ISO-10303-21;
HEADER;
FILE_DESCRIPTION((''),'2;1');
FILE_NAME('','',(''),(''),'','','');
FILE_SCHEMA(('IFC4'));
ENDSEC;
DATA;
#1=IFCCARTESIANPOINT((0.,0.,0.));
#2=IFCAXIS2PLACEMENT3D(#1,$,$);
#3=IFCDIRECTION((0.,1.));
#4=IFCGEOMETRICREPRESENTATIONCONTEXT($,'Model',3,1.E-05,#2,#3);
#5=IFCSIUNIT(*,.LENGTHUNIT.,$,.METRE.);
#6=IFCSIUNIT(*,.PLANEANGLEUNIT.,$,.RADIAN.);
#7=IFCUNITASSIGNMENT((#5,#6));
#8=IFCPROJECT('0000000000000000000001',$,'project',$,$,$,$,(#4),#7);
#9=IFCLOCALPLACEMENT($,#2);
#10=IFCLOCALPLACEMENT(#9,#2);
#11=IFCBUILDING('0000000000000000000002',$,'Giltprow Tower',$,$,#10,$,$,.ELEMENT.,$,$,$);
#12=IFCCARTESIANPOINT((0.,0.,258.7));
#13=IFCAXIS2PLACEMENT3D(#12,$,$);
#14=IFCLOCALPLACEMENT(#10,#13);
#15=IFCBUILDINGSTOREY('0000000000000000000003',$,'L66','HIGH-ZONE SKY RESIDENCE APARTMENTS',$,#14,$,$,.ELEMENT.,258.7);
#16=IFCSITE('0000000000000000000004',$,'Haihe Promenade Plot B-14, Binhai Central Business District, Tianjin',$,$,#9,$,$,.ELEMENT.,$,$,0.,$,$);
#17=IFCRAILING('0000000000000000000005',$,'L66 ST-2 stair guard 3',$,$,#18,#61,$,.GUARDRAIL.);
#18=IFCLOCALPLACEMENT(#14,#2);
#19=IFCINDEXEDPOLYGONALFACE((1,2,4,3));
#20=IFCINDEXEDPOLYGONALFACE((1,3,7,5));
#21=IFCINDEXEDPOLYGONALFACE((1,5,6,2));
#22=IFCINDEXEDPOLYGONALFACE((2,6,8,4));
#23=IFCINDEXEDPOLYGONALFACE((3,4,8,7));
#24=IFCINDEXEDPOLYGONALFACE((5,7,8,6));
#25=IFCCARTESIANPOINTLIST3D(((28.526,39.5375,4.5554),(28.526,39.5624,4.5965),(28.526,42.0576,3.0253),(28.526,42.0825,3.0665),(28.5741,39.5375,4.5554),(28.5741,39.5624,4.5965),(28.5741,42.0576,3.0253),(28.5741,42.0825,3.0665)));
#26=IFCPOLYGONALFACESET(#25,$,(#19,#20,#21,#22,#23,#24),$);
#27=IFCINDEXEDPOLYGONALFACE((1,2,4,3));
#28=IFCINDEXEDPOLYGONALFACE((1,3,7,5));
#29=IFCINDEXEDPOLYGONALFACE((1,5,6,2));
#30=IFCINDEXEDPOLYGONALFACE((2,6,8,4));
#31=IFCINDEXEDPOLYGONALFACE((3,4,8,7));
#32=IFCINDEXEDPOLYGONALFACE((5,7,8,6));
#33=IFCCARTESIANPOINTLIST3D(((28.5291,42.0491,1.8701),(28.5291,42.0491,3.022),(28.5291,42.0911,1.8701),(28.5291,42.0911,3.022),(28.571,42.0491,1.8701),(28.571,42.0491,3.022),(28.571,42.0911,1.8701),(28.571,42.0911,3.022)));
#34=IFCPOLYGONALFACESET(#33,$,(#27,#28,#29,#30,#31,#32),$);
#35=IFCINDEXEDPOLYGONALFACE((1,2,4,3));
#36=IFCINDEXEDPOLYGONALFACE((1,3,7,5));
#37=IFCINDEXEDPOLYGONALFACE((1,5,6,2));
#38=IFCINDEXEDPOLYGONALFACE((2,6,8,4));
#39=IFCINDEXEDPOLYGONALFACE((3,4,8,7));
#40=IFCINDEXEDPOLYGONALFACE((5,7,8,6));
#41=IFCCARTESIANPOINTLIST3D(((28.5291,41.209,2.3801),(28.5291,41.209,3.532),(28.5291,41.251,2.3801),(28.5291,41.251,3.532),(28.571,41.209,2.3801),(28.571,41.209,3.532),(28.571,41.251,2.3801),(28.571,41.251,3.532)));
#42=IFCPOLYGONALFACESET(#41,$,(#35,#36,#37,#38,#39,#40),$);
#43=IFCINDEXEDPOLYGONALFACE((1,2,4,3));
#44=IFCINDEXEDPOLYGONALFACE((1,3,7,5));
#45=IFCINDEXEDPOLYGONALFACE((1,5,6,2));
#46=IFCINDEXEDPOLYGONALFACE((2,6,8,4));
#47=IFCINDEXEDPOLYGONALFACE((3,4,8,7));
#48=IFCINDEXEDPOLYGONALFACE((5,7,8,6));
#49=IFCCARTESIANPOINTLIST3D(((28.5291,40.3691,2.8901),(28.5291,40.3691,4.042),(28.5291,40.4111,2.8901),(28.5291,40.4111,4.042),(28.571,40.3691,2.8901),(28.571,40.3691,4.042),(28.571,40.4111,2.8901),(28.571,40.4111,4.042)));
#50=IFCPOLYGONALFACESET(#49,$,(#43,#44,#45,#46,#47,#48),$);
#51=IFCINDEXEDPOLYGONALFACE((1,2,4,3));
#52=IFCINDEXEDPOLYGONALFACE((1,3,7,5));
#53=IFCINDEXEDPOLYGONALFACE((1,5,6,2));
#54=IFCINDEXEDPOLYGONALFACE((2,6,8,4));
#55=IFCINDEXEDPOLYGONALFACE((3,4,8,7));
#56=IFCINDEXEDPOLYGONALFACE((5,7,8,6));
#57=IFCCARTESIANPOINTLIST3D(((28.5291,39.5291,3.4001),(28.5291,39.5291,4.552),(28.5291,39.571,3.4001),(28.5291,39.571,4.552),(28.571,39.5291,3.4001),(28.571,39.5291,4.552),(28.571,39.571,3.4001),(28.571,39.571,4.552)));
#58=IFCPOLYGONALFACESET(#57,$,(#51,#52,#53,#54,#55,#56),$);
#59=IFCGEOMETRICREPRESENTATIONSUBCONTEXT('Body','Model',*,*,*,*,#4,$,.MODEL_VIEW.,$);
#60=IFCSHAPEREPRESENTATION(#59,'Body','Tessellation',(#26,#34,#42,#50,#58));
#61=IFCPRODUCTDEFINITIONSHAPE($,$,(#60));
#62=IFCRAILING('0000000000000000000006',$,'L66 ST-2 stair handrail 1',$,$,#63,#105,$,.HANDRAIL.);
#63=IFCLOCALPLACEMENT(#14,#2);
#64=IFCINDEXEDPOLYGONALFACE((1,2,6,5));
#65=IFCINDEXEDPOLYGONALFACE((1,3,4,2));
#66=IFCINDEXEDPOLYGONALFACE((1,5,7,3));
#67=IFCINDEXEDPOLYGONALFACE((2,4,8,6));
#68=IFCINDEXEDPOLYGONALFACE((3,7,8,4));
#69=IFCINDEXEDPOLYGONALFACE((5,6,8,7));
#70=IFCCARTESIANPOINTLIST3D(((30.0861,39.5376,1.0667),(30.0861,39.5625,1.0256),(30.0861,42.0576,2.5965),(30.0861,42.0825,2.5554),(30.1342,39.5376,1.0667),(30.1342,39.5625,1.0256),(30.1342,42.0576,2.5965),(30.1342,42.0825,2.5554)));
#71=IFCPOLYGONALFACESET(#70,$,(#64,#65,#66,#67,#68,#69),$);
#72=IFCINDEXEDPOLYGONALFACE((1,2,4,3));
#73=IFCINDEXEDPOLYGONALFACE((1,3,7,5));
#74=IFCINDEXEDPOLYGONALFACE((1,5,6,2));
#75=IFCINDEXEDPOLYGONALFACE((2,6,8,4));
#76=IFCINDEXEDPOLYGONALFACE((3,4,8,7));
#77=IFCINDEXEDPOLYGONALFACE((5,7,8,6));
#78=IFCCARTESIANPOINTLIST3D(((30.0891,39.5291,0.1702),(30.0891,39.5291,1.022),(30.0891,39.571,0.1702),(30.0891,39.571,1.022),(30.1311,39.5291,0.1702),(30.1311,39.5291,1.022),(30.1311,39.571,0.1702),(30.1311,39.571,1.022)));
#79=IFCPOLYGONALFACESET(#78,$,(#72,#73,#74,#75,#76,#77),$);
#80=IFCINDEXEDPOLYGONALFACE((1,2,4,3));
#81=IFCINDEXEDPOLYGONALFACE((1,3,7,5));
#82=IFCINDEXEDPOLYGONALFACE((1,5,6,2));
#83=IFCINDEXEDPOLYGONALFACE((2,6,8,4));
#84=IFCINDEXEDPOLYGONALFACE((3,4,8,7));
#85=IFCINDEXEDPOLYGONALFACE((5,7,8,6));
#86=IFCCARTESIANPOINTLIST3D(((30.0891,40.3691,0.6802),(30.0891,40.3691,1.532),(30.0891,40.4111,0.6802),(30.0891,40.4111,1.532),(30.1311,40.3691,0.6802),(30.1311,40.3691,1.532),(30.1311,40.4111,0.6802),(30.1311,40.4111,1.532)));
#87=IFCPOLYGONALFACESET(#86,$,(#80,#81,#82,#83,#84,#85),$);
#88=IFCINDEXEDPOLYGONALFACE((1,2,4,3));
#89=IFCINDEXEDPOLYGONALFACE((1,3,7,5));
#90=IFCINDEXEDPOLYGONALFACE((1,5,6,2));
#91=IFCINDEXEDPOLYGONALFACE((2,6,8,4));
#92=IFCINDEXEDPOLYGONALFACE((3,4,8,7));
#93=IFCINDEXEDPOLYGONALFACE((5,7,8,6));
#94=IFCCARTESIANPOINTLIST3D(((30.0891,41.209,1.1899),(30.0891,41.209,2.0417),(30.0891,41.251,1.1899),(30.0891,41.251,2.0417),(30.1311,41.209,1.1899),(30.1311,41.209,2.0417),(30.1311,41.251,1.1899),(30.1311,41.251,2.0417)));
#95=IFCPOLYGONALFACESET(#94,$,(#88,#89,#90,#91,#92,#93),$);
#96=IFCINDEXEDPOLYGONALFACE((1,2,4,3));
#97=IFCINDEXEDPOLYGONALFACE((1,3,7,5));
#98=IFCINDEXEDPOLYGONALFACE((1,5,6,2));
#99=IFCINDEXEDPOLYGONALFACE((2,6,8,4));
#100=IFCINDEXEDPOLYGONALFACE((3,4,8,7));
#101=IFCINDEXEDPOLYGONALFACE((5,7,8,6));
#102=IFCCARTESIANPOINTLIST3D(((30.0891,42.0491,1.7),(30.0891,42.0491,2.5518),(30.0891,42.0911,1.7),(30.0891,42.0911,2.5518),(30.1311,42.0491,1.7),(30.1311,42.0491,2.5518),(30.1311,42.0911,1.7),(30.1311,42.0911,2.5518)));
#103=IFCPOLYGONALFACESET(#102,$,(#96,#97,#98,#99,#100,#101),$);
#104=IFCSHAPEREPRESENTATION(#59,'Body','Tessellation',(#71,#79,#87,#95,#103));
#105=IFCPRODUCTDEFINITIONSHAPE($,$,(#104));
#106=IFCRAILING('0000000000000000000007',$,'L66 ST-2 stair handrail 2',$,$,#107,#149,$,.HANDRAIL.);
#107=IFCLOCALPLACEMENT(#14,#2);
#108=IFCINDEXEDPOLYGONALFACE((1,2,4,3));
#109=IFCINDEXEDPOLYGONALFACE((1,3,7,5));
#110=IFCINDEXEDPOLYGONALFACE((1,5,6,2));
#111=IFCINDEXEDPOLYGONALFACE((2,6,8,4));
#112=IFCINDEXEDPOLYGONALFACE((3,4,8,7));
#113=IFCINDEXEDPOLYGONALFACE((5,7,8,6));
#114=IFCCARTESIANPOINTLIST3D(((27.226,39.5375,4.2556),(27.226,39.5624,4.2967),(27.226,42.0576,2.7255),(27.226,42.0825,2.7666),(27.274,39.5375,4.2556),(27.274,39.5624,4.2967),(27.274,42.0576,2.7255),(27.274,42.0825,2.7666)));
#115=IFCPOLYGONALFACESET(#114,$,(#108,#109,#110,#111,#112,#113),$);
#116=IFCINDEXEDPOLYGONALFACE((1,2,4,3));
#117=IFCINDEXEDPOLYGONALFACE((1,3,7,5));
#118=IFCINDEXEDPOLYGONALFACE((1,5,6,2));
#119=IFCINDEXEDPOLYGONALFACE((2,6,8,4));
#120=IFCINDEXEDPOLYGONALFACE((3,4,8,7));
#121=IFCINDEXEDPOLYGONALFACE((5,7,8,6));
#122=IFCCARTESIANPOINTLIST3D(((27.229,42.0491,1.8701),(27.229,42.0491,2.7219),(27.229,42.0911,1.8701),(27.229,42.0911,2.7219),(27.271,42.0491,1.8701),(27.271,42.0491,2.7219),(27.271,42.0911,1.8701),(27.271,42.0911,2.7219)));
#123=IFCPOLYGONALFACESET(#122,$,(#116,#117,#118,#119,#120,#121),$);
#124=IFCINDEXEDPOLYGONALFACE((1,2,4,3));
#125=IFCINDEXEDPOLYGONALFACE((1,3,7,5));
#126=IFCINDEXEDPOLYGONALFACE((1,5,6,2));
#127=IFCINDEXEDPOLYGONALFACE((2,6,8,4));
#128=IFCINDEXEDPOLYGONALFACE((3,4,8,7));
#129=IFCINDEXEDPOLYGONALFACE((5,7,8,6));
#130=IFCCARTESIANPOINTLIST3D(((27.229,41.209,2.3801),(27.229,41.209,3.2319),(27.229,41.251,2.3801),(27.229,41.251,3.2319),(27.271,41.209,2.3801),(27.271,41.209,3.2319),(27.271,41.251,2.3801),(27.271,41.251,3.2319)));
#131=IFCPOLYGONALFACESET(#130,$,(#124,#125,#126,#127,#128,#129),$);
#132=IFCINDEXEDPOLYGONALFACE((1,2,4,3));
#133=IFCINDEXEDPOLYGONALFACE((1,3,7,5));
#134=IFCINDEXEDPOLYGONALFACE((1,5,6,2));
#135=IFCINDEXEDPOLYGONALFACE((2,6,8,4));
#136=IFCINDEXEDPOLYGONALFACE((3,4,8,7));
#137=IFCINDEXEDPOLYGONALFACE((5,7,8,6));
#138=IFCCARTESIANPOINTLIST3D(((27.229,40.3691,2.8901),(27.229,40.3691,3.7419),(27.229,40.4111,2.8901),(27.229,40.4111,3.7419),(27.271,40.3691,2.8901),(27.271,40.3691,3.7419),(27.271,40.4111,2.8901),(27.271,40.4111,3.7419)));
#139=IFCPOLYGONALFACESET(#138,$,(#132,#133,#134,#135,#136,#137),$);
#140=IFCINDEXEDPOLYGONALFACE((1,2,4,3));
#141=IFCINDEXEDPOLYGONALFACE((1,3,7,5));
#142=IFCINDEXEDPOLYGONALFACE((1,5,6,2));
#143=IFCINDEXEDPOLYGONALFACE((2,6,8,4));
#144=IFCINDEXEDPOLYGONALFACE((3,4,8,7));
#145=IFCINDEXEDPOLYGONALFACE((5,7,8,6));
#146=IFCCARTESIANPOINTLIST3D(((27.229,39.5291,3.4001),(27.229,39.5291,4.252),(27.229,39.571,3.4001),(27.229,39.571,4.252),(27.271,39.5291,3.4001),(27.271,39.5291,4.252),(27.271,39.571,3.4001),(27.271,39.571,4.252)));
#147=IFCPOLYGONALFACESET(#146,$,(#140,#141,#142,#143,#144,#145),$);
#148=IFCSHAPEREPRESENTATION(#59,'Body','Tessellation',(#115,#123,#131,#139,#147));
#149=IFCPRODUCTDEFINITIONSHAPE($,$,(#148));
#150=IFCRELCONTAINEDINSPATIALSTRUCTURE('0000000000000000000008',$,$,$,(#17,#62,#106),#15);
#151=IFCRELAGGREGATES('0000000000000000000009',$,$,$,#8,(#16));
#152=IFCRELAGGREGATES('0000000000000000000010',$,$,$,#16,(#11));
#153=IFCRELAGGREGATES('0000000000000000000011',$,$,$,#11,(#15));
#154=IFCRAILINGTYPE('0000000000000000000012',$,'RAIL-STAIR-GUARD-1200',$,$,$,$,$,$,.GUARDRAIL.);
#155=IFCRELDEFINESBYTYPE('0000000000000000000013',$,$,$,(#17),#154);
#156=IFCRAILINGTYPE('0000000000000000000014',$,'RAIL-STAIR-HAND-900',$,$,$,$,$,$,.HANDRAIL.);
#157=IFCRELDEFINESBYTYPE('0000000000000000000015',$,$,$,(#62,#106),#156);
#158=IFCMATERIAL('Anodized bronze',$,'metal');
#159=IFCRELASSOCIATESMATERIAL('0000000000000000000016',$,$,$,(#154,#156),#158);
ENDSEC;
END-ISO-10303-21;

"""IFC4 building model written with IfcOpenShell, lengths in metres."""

from ifc_helpers import new_model, si_unit, direction, frame, origin, origin_2d, place, context, subcontext, project, spatial, rectangle, extrude, material, type_object, element, save


model = new_model("IFC4")

# Units and contexts
model_context = context("Model", 3, precision=1e-05, world=origin(), true_north=direction((0.0, 1.0)))
body_context = subcontext(model_context, "Body", "Model", "MODEL_VIEW")
ifc_project = project(units=[si_unit("LENGTHUNIT", "METRE"), si_unit("PLANEANGLEUNIT", "RADIAN")], contexts=[model_context])

# Site, building, storey
site_placement = place(None, origin())
site = spatial("IfcSite", under=ifc_project, at=site_placement, Name="Haihe Promenade Plot B-14, Binhai Central Business District, Tianjin", CompositionType="ELEMENT", RefElevation=0.0)
building_placement = place(site_placement, origin())
building = spatial("IfcBuilding", under=site, at=building_placement, Name="Giltprow Tower", CompositionType="ELEMENT")
storey_placement = place(building_placement, frame((0.0, 0.0, 258.7)))
storey = spatial("IfcBuildingStorey", under=building, at=storey_placement, Name="L66", Description="HIGH-ZONE SKY RESIDENCE APARTMENTS", CompositionType="ELEMENT", Elevation=258.7)

# Railings
ifc_material_1 = material(Name="Anodized bronze", Category="metal")
railing_type_1 = type_object("IfcRailingType", Name="RAIL-STAIR-GUARD-1200", PredefinedType="GUARDRAIL", material=ifc_material_1)
railing_1_placement = place(storey_placement, frame((28.55, 42.0701, 1.8701)))
element("IfcRailing", 1, at=railing_1_placement, inside=storey, type_object=railing_type_1, Name="L66 ST-2 stair guard 3", PredefinedType="GUARDRAIL", context=body_context, shape_type="SweptSolid", body=[
    extrude(rectangle(XDim=0.0481, YDim=0.0481, at=origin_2d()), frame((0.0, 0.0, 1.1758), z_axis=(0.0, -0.854785, 0.518982), x_axis=(1.0, 0.0, 0.0)), (0.0, 0.0, 1.0), 2.9482),
    extrude(rectangle(XDim=0.042, YDim=0.042, at=origin_2d()), origin(), (0.0, 0.0, 1.0), 1.1519),
    extrude(rectangle(XDim=0.042, YDim=0.042, at=origin_2d()), frame((0.0, -0.8401, 0.51)), (0.0, 0.0, 1.0), 1.1519),
    extrude(rectangle(XDim=0.042, YDim=0.042, at=origin_2d()), frame((0.0, -1.6799, 1.02)), (0.0, 0.0, 1.0), 1.1519),
    extrude(rectangle(XDim=0.042, YDim=0.042, at=origin_2d()), frame((0.0, -2.52, 1.53)), (0.0, 0.0, 1.0), 1.1519),
])
railing_type_2 = type_object("IfcRailingType", Name="RAIL-STAIR-HAND-900", PredefinedType="HANDRAIL", material=ifc_material_1)
railing_2_placement = place(storey_placement, frame((30.1101, 39.55, 0.1702)))
element("IfcRailing", 2, at=railing_2_placement, inside=storey, type_object=railing_type_2, Name="L66 ST-2 stair handrail 1", PredefinedType="HANDRAIL", context=body_context, shape_type="SweptSolid", body=[
    extrude(rectangle(XDim=0.0481, YDim=0.0481, at=origin_2d()), frame((0.0, 0.0, 0.876), z_axis=(0.0, 0.854822, 0.518922), x_axis=(-1.0, 0.0, 0.0)), (0.0, 0.0, 1.0), 2.948),
    extrude(rectangle(XDim=0.042, YDim=0.042, at=origin_2d()), origin(), (0.0, 0.0, 1.0), 0.8518),
    extrude(rectangle(XDim=0.042, YDim=0.042, at=origin_2d()), frame((0.0, 0.8401, 0.51)), (0.0, 0.0, 1.0), 0.8518),
    extrude(rectangle(XDim=0.042, YDim=0.042, at=origin_2d()), frame((0.0, 1.6799, 1.0198)), (0.0, 0.0, 1.0), 0.8518),
    extrude(rectangle(XDim=0.042, YDim=0.042, at=origin_2d()), frame((0.0, 2.52, 1.5298)), (0.0, 0.0, 1.0), 0.8518),
])
railing_3_placement = place(storey_placement, frame((27.25, 42.0701, 1.8701)))
element("IfcRailing", 3, at=railing_3_placement, inside=storey, type_object=railing_type_2, Name="L66 ST-2 stair handrail 2", PredefinedType="HANDRAIL", context=body_context, shape_type="SweptSolid", body=[
    extrude(rectangle(XDim=0.0481, YDim=0.0481, at=origin_2d()), frame((0.0, 0.0, 0.876), z_axis=(0.0, -0.854785, 0.518982), x_axis=(1.0, 0.0, 0.0)), (0.0, 0.0, 1.0), 2.9482),
    extrude(rectangle(XDim=0.042, YDim=0.042, at=origin_2d()), origin(), (0.0, 0.0, 1.0), 0.8518),
    extrude(rectangle(XDim=0.042, YDim=0.042, at=origin_2d()), frame((0.0, -0.8401, 0.51)), (0.0, 0.0, 1.0), 0.8518),
    extrude(rectangle(XDim=0.042, YDim=0.042, at=origin_2d()), frame((0.0, -1.6799, 1.02)), (0.0, 0.0, 1.0), 0.8518),
    extrude(rectangle(XDim=0.042, YDim=0.042, at=origin_2d()), frame((0.0, -2.52, 1.53)), (0.0, 0.0, 1.0), 0.8518),
])

save(model, "model.ifc")
